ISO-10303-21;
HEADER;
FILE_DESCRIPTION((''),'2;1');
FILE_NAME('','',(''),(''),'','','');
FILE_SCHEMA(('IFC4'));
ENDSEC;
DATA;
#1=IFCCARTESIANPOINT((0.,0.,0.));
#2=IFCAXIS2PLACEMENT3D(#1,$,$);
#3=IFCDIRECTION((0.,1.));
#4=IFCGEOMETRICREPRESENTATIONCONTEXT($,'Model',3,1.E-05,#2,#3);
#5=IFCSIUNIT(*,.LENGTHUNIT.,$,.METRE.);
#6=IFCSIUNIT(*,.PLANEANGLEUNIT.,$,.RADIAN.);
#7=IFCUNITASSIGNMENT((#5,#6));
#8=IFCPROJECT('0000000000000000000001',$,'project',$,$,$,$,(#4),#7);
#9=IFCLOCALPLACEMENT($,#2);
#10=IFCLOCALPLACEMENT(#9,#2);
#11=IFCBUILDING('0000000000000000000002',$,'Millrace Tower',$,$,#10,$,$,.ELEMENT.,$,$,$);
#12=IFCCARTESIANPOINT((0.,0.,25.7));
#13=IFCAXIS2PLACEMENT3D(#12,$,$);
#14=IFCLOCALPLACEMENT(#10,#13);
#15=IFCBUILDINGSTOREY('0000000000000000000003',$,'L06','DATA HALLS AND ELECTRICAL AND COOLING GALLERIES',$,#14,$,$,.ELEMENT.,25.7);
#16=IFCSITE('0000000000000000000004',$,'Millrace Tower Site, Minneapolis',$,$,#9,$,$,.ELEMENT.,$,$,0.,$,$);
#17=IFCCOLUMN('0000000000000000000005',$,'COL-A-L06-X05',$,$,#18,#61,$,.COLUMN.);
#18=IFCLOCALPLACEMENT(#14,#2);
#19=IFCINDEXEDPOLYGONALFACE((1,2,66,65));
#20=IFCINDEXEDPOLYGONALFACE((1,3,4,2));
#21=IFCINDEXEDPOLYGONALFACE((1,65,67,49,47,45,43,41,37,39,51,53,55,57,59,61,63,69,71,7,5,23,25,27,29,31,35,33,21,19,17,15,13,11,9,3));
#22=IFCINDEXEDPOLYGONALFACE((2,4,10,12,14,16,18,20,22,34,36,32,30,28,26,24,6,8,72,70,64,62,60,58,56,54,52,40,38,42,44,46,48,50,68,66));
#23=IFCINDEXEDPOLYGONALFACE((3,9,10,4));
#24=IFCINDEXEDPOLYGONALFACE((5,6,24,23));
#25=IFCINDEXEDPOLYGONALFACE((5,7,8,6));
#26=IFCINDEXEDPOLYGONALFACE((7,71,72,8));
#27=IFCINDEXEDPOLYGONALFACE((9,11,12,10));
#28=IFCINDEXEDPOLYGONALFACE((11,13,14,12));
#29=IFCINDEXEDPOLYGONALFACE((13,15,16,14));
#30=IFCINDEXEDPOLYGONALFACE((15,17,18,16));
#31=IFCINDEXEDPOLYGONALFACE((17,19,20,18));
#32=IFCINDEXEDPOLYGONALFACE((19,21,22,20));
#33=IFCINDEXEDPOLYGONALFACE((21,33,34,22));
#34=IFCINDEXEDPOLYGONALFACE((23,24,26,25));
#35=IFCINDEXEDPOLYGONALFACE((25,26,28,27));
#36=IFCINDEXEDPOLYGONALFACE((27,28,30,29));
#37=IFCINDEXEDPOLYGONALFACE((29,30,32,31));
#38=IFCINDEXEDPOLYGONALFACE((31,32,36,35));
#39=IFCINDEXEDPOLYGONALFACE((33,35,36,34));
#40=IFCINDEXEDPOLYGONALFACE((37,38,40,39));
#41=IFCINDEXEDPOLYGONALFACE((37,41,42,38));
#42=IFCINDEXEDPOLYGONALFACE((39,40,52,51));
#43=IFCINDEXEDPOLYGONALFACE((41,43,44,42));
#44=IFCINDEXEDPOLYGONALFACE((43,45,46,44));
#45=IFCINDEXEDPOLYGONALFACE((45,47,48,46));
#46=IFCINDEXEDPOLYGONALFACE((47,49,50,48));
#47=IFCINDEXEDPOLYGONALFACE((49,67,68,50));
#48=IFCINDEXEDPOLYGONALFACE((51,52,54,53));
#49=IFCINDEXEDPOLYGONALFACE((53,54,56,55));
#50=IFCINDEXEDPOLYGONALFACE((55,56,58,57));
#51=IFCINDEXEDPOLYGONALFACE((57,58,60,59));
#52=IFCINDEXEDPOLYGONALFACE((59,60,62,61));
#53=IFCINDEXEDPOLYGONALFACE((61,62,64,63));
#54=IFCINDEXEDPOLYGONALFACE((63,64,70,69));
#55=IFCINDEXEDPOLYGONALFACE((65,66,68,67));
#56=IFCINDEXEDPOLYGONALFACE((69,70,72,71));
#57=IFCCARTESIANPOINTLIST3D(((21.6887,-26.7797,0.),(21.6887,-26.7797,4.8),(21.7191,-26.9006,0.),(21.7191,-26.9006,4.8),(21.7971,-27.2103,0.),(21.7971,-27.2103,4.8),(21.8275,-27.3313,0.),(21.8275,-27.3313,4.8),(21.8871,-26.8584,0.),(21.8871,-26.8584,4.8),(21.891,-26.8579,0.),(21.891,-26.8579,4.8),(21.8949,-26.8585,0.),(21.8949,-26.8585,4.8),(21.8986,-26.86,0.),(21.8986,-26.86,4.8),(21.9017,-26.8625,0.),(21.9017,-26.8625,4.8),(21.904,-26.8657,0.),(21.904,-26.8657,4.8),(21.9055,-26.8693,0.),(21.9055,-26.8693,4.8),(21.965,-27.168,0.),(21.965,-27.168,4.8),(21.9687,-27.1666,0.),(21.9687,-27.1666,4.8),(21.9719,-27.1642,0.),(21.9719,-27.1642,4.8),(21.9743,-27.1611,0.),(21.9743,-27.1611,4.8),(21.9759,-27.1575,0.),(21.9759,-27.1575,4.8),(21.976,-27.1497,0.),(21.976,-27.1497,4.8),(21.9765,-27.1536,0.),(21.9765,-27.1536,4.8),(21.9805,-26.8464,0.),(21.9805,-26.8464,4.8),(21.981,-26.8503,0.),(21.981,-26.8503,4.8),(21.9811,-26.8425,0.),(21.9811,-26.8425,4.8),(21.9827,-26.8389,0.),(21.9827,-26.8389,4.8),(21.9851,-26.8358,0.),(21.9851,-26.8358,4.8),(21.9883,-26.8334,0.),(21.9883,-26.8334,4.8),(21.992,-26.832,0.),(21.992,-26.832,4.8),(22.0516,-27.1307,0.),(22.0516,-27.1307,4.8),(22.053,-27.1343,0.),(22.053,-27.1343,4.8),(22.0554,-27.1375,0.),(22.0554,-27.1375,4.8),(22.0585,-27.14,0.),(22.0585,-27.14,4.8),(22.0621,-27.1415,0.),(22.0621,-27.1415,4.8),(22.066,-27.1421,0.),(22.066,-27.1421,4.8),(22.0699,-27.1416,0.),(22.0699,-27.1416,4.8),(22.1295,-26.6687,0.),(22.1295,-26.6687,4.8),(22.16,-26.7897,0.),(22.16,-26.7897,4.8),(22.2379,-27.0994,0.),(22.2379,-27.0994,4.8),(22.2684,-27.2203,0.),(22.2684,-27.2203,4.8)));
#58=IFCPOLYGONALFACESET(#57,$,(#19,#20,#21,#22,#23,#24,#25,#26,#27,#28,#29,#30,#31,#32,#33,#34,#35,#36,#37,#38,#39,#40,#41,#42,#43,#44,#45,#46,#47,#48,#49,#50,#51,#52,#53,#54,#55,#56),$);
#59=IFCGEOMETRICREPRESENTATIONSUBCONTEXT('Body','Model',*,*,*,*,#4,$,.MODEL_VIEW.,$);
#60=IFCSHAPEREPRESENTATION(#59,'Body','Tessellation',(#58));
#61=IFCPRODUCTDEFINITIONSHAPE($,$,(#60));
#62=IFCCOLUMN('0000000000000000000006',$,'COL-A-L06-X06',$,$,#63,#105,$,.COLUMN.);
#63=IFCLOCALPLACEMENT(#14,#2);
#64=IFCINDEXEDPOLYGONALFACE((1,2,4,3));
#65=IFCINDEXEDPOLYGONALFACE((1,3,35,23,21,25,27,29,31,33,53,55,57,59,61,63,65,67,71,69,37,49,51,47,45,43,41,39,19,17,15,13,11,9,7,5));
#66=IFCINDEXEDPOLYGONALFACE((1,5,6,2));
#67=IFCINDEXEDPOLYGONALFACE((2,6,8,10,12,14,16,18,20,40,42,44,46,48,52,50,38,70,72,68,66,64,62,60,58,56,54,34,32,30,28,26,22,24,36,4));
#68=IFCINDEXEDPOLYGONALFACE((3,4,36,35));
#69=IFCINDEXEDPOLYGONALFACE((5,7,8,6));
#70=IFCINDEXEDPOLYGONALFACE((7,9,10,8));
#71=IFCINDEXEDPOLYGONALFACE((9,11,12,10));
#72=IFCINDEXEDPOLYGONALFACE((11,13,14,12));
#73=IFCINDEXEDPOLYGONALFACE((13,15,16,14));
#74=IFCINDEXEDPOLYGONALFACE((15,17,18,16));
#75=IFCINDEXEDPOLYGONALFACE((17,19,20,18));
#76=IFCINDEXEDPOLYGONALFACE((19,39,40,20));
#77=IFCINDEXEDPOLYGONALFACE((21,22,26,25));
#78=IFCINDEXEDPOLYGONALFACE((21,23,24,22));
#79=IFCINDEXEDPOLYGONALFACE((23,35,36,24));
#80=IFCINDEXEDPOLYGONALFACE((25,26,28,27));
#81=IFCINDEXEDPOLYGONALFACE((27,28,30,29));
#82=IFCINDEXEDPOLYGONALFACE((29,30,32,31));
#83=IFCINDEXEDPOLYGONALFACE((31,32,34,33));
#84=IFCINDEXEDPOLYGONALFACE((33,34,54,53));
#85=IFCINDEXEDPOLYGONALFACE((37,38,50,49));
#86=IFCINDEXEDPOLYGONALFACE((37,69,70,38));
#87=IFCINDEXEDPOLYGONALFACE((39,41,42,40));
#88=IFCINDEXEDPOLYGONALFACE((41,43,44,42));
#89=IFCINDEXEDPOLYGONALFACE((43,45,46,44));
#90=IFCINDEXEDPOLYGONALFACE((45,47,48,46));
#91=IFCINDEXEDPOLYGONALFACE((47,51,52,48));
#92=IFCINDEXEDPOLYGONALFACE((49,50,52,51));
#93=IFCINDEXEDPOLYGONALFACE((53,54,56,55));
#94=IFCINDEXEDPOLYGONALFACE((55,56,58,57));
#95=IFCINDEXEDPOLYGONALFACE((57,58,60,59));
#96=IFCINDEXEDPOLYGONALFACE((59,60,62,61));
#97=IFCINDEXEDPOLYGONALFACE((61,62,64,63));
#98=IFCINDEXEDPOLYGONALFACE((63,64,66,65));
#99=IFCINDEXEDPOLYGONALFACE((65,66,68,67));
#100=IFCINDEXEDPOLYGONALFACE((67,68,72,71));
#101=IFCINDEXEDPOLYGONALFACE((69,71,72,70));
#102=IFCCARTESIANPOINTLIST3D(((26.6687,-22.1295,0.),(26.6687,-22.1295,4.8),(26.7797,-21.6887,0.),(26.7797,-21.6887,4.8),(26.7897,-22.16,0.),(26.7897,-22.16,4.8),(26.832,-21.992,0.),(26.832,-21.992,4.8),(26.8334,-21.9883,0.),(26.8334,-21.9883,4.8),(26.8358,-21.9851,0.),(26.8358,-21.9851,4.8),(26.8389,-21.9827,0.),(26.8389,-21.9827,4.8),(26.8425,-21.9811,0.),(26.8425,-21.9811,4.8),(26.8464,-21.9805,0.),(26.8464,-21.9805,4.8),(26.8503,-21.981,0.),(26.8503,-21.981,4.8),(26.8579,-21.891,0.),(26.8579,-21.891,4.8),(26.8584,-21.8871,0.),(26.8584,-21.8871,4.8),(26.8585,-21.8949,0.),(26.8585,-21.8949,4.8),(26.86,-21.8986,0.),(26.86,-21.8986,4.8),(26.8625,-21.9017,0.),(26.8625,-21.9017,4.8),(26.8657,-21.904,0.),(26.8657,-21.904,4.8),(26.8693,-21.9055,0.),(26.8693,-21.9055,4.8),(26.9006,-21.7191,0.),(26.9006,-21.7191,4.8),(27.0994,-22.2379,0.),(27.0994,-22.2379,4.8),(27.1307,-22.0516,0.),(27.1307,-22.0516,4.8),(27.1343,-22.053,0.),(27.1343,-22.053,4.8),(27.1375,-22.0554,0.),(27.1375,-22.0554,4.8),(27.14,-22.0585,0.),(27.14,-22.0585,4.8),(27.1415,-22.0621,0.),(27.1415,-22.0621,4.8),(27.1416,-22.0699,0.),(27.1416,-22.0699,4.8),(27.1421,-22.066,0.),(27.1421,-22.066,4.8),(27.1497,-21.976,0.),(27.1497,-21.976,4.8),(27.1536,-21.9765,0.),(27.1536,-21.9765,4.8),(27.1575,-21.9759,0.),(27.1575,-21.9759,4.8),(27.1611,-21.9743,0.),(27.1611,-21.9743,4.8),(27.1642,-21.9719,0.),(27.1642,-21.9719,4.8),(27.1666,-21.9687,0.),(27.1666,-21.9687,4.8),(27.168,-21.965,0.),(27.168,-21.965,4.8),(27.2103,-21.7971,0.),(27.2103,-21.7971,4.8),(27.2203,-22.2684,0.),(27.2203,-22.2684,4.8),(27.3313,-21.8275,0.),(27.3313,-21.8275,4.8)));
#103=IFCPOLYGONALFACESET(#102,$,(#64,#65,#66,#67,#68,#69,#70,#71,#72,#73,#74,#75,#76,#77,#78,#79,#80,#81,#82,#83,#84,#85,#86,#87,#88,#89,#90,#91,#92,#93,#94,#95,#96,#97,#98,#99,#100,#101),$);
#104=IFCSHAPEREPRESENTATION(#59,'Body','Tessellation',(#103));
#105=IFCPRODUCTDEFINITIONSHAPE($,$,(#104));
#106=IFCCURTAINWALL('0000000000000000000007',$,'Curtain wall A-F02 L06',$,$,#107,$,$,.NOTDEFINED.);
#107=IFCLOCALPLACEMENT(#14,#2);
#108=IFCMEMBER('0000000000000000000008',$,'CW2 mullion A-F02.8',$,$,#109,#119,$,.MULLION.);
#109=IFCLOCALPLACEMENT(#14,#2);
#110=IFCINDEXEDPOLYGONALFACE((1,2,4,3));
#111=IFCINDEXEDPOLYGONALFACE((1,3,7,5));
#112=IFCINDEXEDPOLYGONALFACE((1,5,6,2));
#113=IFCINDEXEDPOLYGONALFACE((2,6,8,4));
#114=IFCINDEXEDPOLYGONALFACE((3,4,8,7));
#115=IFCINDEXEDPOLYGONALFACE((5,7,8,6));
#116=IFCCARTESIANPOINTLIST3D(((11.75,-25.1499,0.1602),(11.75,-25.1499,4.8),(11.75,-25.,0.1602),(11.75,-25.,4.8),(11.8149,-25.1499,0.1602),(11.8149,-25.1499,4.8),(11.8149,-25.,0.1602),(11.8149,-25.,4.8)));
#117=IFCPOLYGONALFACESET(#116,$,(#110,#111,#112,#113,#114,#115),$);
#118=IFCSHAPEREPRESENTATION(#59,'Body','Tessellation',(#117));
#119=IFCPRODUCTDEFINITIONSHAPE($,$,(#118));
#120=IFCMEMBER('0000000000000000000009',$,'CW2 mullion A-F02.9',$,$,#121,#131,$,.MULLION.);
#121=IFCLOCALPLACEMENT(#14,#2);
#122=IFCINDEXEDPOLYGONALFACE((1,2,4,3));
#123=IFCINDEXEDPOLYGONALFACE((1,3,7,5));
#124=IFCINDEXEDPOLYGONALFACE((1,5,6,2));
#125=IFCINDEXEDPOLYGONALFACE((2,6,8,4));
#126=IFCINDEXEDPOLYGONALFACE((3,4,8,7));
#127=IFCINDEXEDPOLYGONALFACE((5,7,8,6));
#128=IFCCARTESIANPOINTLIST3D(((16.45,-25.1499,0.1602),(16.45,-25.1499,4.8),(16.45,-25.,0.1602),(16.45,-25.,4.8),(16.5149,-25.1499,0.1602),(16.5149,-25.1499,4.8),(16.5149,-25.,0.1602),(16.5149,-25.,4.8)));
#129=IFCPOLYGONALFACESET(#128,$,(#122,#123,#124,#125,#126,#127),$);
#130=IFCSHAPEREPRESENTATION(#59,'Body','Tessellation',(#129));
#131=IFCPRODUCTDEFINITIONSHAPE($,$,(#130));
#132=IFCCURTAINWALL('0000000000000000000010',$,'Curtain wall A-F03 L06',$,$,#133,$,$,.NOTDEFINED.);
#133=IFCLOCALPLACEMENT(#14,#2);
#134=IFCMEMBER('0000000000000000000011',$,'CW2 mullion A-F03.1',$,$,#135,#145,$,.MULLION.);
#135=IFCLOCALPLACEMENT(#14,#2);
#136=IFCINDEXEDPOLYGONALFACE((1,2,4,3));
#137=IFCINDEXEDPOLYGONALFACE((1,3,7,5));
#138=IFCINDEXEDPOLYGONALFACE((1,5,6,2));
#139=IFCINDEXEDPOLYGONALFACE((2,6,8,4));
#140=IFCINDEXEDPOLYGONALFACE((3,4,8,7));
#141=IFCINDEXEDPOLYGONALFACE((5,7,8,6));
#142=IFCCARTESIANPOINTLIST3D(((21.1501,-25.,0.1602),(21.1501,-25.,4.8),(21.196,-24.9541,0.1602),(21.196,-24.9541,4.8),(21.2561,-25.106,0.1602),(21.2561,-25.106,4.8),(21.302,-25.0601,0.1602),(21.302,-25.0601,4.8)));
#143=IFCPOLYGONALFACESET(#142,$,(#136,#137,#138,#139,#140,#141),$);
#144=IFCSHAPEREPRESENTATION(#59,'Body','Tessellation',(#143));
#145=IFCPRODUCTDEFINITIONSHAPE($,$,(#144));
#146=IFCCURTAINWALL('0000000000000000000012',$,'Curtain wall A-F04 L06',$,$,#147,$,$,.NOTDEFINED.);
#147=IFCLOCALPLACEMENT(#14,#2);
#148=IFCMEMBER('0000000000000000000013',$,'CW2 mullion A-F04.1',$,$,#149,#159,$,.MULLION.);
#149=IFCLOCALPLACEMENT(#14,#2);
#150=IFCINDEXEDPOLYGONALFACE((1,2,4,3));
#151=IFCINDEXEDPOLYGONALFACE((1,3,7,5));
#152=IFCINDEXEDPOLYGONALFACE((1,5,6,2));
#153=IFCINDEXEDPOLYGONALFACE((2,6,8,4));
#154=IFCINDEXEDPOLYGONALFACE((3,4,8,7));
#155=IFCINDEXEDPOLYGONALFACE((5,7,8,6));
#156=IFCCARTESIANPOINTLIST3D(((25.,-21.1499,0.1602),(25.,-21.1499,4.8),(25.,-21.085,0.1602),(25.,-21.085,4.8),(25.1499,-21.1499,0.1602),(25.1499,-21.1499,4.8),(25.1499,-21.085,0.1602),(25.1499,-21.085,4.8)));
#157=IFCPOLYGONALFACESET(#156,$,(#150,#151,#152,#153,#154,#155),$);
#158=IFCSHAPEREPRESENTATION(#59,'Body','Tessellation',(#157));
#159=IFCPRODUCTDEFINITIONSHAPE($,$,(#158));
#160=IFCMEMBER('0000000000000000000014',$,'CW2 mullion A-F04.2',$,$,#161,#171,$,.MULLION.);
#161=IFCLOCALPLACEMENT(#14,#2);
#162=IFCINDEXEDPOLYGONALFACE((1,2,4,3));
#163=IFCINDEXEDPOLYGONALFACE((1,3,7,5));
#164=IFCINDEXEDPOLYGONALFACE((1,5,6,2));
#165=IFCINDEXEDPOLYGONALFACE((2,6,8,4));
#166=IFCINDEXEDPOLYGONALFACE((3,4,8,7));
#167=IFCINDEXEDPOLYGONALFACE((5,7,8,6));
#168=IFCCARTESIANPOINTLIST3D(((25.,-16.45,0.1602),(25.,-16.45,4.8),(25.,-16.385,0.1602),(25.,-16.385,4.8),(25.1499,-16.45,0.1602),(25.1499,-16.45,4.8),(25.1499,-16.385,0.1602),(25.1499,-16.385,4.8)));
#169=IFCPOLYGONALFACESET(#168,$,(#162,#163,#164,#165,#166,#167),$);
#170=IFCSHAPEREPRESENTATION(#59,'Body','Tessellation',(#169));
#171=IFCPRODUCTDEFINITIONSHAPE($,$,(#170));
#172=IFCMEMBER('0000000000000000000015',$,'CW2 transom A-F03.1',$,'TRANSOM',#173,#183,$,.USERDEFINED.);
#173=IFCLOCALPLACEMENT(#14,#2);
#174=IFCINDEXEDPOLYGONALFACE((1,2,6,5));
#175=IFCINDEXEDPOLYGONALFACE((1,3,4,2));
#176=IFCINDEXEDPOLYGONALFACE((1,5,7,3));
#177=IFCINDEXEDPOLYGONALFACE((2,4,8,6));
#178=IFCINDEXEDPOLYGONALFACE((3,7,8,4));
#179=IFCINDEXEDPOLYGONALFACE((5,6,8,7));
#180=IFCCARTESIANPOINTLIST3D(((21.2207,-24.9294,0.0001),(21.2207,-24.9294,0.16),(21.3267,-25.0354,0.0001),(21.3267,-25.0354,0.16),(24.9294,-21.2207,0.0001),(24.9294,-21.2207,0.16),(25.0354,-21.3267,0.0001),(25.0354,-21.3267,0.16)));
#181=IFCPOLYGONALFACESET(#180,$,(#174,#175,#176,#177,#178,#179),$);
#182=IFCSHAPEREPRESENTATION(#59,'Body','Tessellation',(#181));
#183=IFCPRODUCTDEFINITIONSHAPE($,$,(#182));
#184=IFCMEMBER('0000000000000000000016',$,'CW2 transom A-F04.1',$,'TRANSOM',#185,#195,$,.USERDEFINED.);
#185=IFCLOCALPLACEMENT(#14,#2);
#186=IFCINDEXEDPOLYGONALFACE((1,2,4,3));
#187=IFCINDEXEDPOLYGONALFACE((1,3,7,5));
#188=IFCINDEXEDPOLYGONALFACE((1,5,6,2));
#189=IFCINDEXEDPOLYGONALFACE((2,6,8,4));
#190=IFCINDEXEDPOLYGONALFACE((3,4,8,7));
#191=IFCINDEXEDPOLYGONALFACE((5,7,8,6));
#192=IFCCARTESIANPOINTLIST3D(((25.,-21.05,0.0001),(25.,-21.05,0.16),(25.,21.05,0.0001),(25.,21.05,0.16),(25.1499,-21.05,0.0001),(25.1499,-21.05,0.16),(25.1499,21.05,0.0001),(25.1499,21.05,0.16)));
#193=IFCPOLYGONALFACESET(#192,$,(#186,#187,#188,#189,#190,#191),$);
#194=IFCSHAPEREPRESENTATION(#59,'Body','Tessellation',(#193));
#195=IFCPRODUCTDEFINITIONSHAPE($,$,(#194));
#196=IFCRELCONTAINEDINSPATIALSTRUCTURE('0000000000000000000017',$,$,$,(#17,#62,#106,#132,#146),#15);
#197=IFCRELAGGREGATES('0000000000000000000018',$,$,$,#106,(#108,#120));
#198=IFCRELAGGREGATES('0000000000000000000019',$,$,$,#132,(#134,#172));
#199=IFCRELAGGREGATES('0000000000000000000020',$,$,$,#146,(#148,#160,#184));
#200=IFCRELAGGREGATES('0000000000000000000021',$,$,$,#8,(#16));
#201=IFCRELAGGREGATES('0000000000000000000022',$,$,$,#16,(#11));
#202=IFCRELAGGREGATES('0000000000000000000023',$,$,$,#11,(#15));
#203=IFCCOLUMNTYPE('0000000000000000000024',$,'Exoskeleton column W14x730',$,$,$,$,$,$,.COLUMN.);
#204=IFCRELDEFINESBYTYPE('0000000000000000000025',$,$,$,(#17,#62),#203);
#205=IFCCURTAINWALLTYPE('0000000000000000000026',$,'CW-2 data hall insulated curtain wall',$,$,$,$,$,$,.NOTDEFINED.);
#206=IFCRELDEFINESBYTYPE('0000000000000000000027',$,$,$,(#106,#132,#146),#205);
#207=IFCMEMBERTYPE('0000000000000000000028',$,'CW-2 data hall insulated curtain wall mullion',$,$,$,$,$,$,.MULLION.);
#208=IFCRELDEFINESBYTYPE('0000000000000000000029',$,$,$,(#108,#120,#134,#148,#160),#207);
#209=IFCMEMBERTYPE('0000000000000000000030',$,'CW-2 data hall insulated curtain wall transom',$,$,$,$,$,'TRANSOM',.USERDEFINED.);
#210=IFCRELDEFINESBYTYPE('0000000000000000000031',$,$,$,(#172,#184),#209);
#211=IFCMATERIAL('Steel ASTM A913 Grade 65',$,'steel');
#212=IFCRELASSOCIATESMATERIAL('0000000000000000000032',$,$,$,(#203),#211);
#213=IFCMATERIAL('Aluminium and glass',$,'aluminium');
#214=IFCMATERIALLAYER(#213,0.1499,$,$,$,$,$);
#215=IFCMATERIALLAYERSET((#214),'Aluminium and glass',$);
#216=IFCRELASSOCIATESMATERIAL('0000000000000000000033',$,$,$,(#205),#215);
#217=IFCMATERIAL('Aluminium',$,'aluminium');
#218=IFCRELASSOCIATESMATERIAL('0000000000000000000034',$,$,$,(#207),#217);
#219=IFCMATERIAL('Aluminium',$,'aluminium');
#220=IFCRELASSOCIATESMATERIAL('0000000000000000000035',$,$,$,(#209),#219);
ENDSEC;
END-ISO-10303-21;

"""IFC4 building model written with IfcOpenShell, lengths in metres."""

from ifc_helpers import new_model, si_unit, direction, frame, origin, origin_2d, place, context, subcontext, project, spatial, rectangle, i_section, extrude, material, layer, layer_set, material_profile, profile_set, type_object, element, aggregate, save


model = new_model("IFC4")

# Units and contexts
model_context = context("Model", 3, precision=1e-05, world=origin(), true_north=direction((0.0, 1.0)))
body_context = subcontext(model_context, "Body", "Model", "MODEL_VIEW")
ifc_project = project(units=[si_unit("LENGTHUNIT", "METRE"), si_unit("PLANEANGLEUNIT", "RADIAN")], contexts=[model_context])

# Site, building, storey
site_placement = place(None, origin())
site = spatial("IfcSite", under=ifc_project, at=site_placement, Name="Millrace Tower Site, Minneapolis", CompositionType="ELEMENT", RefElevation=0.0)
building_placement = place(site_placement, origin())
building = spatial("IfcBuilding", under=site, at=building_placement, Name="Millrace Tower", CompositionType="ELEMENT")
storey_placement = place(building_placement, frame((0.0, 0.0, 25.7)))
storey = spatial("IfcBuildingStorey", under=building, at=storey_placement, Name="L06", Description="DATA HALLS AND ELECTRICAL AND COOLING GALLERIES", CompositionType="ELEMENT", Elevation=25.7)

# Columns
ifc_material_1 = material(Name="Steel ASTM A913 Grade 65", Category="steel")
ifc_material_profile_1 = material_profile(ifc_material_1, i_section(OverallWidth=0.4546, OverallDepth=0.5688, WebThickness=0.0779, FlangeThickness=0.1248, FilletRadius=0.0151, at=origin_2d()))
ifc_profile_set_1 = profile_set([ifc_material_profile_1], Name="Steel ASTM A913 Grade 65")
column_type = type_object("IfcColumnType", Name="Exoskeleton column W14x730", PredefinedType="COLUMN", material=ifc_profile_set_1)
for number, where, z_axis, x_axis, name in (
    (1, (21.9785, -27.0, 0.0), (0.0, 0.0, 1.0), (0.969752, 0.244094, 0.0), "COL-A-L06-X05"),
    (2, (27.0, -21.9785, 0.0), (0.0, 0.0, 1.0), (0.244094, 0.969752, 0.0), "COL-A-L06-X06"),
):
    element("IfcColumn", number, at=place(storey_placement, frame(where, z_axis=z_axis, x_axis=x_axis)), inside=storey, type_object=column_type, Name=name, PredefinedType="COLUMN", context=body_context, shape_type="SweptSolid", body=[
        extrude(i_section(OverallWidth=0.4546, OverallDepth=0.5688, WebThickness=0.0779, FlangeThickness=0.1248, FilletRadius=0.0151, at=origin_2d()), origin(), (0.0, 0.0, 1.0), 4.8),
    ])

# Curtain wall, members
ifc_material_2 = material(Name="Aluminium and glass", Category="aluminium")
ifc_layer_1 = layer(ifc_material_2, 0.1499)
ifc_layer_set_1 = layer_set([ifc_layer_1], Name="Aluminium and glass")
curtain_wall_type = type_object("IfcCurtainWallType", Name="CW-2 data hall insulated curtain wall", PredefinedType="NOTDEFINED", material=ifc_layer_set_1)
placement = place(storey_placement, origin())
curtain_wall_1 = element("IfcCurtainWall", 3, at=placement, inside=storey, type_object=curtain_wall_type, Name="Curtain wall A-F02 L06", PredefinedType="NOTDEFINED")
ifc_material_3 = material(Name="Aluminium", Category="aluminium")
ifc_material_profile_2 = material_profile(ifc_material_3, rectangle(XDim=0.0649, YDim=0.1499, at=origin_2d()))
ifc_profile_set_2 = profile_set([ifc_material_profile_2], Name="Aluminium")
member_type_1 = type_object("IfcMemberType", Name="CW-2 data hall insulated curtain wall mullion", PredefinedType="MULLION", material=ifc_profile_set_2)
member_1_placement = place(storey_placement, frame((11.7825, -25.075, 0.1602), z_axis=(0.0, 0.0, 1.0), x_axis=(1.0, 0.0, 0.0)))
member_1 = element("IfcMember", 4, at=member_1_placement, type_object=member_type_1, Name="CW2 mullion A-F02.8", PredefinedType="MULLION", context=body_context, shape_type="SweptSolid", body=[
    extrude(rectangle(XDim=0.0649, YDim=0.1499, at=origin_2d()), origin(), (0.0, 0.0, 1.0), 4.6399),
])
member_2_placement = place(storey_placement, frame((16.4824, -25.075, 0.1602), z_axis=(0.0, 0.0, 1.0), x_axis=(1.0, 0.0, 0.0)))
member_2 = element("IfcMember", 5, at=member_2_placement, type_object=member_type_1, Name="CW2 mullion A-F02.9", PredefinedType="MULLION", context=body_context, shape_type="SweptSolid", body=[
    extrude(rectangle(XDim=0.0649, YDim=0.1499, at=origin_2d()), origin(), (0.0, 0.0, 1.0), 4.6399),
])
aggregate(curtain_wall_1, [member_1, member_2])

# Curtain wall, member
curtain_wall_2 = element("IfcCurtainWall", 6, at=placement, inside=storey, type_object=curtain_wall_type, Name="Curtain wall A-F03 L06", PredefinedType="NOTDEFINED")
member_3_placement = place(storey_placement, frame((21.2261, -25.03, 0.1602), z_axis=(0.0, 0.0, 1.0), x_axis=(0.707107, 0.707107, 0.0)))
member_3 = element("IfcMember", 7, at=member_3_placement, type_object=member_type_1, Name="CW2 mullion A-F03.1", PredefinedType="MULLION", context=body_context, shape_type="SweptSolid", body=[
    extrude(rectangle(XDim=0.0649, YDim=0.1499, at=origin_2d()), origin(), (0.0, 0.0, 1.0), 4.6399),
])

# Curtain wall, members
curtain_wall_3 = element("IfcCurtainWall", 8, at=placement, inside=storey, type_object=curtain_wall_type, Name="Curtain wall A-F04 L06", PredefinedType="NOTDEFINED")
member_4_placement = place(storey_placement, frame((25.075, -21.1174, 0.1602), z_axis=(0.0, 0.0, 1.0), x_axis=(0.0, 1.0, 0.0)))
member_4 = element("IfcMember", 9, at=member_4_placement, type_object=member_type_1, Name="CW2 mullion A-F04.1", PredefinedType="MULLION", context=body_context, shape_type="SweptSolid", body=[
    extrude(rectangle(XDim=0.0649, YDim=0.1499, at=origin_2d()), origin(), (0.0, 0.0, 1.0), 4.6399),
])
member_5_placement = place(storey_placement, frame((25.075, -16.4175, 0.1602), z_axis=(0.0, 0.0, 1.0), x_axis=(0.0, 1.0, 0.0)))
member_5 = element("IfcMember", 10, at=member_5_placement, type_object=member_type_1, Name="CW2 mullion A-F04.2", PredefinedType="MULLION", context=body_context, shape_type="SweptSolid", body=[
    extrude(rectangle(XDim=0.0649, YDim=0.1499, at=origin_2d()), origin(), (0.0, 0.0, 1.0), 4.6399),
])

# Members
ifc_material_4 = material(Name="Aluminium", Category="aluminium")
ifc_material_profile_3 = material_profile(ifc_material_4, rectangle(XDim=0.1499, YDim=0.1599, at=origin_2d()))
ifc_profile_set_3 = profile_set([ifc_material_profile_3], Name="Aluminium")
member_type_2 = type_object("IfcMemberType", Name="CW-2 data hall insulated curtain wall transom", ElementType="TRANSOM", PredefinedType="USERDEFINED", material=ifc_profile_set_3)
member_6_placement = place(storey_placement, frame((21.2737, -24.9824, 0.0801), z_axis=(0.707107, 0.707107, 0.0), x_axis=(-0.707107, 0.707107, 0.0)))
member_6 = element("IfcMember", 11, at=member_6_placement, type_object=member_type_2, Name="CW2 transom A-F03.1", ObjectType="TRANSOM", PredefinedType="USERDEFINED", context=body_context, shape_type="SweptSolid", body=[
    extrude(rectangle(XDim=0.1499, YDim=0.1599, at=origin_2d()), origin(), (0.0, 0.0, 1.0), 5.2449),
])
aggregate(curtain_wall_2, [member_3, member_6])
member_7_placement = place(storey_placement, frame((25.075, -21.05, 0.0801), z_axis=(0.0, 1.0, 0.0), x_axis=(-1.0, 0.0, 0.0)))
member_7 = element("IfcMember", 12, at=member_7_placement, type_object=member_type_2, Name="CW2 transom A-F04.1", ObjectType="TRANSOM", PredefinedType="USERDEFINED", context=body_context, shape_type="SweptSolid", body=[
    extrude(rectangle(XDim=0.1499, YDim=0.1599, at=origin_2d()), origin(), (0.0, 0.0, 1.0), 42.1001),
])
aggregate(curtain_wall_3, [member_4, member_5, member_7])

save(model, "model.ifc")
